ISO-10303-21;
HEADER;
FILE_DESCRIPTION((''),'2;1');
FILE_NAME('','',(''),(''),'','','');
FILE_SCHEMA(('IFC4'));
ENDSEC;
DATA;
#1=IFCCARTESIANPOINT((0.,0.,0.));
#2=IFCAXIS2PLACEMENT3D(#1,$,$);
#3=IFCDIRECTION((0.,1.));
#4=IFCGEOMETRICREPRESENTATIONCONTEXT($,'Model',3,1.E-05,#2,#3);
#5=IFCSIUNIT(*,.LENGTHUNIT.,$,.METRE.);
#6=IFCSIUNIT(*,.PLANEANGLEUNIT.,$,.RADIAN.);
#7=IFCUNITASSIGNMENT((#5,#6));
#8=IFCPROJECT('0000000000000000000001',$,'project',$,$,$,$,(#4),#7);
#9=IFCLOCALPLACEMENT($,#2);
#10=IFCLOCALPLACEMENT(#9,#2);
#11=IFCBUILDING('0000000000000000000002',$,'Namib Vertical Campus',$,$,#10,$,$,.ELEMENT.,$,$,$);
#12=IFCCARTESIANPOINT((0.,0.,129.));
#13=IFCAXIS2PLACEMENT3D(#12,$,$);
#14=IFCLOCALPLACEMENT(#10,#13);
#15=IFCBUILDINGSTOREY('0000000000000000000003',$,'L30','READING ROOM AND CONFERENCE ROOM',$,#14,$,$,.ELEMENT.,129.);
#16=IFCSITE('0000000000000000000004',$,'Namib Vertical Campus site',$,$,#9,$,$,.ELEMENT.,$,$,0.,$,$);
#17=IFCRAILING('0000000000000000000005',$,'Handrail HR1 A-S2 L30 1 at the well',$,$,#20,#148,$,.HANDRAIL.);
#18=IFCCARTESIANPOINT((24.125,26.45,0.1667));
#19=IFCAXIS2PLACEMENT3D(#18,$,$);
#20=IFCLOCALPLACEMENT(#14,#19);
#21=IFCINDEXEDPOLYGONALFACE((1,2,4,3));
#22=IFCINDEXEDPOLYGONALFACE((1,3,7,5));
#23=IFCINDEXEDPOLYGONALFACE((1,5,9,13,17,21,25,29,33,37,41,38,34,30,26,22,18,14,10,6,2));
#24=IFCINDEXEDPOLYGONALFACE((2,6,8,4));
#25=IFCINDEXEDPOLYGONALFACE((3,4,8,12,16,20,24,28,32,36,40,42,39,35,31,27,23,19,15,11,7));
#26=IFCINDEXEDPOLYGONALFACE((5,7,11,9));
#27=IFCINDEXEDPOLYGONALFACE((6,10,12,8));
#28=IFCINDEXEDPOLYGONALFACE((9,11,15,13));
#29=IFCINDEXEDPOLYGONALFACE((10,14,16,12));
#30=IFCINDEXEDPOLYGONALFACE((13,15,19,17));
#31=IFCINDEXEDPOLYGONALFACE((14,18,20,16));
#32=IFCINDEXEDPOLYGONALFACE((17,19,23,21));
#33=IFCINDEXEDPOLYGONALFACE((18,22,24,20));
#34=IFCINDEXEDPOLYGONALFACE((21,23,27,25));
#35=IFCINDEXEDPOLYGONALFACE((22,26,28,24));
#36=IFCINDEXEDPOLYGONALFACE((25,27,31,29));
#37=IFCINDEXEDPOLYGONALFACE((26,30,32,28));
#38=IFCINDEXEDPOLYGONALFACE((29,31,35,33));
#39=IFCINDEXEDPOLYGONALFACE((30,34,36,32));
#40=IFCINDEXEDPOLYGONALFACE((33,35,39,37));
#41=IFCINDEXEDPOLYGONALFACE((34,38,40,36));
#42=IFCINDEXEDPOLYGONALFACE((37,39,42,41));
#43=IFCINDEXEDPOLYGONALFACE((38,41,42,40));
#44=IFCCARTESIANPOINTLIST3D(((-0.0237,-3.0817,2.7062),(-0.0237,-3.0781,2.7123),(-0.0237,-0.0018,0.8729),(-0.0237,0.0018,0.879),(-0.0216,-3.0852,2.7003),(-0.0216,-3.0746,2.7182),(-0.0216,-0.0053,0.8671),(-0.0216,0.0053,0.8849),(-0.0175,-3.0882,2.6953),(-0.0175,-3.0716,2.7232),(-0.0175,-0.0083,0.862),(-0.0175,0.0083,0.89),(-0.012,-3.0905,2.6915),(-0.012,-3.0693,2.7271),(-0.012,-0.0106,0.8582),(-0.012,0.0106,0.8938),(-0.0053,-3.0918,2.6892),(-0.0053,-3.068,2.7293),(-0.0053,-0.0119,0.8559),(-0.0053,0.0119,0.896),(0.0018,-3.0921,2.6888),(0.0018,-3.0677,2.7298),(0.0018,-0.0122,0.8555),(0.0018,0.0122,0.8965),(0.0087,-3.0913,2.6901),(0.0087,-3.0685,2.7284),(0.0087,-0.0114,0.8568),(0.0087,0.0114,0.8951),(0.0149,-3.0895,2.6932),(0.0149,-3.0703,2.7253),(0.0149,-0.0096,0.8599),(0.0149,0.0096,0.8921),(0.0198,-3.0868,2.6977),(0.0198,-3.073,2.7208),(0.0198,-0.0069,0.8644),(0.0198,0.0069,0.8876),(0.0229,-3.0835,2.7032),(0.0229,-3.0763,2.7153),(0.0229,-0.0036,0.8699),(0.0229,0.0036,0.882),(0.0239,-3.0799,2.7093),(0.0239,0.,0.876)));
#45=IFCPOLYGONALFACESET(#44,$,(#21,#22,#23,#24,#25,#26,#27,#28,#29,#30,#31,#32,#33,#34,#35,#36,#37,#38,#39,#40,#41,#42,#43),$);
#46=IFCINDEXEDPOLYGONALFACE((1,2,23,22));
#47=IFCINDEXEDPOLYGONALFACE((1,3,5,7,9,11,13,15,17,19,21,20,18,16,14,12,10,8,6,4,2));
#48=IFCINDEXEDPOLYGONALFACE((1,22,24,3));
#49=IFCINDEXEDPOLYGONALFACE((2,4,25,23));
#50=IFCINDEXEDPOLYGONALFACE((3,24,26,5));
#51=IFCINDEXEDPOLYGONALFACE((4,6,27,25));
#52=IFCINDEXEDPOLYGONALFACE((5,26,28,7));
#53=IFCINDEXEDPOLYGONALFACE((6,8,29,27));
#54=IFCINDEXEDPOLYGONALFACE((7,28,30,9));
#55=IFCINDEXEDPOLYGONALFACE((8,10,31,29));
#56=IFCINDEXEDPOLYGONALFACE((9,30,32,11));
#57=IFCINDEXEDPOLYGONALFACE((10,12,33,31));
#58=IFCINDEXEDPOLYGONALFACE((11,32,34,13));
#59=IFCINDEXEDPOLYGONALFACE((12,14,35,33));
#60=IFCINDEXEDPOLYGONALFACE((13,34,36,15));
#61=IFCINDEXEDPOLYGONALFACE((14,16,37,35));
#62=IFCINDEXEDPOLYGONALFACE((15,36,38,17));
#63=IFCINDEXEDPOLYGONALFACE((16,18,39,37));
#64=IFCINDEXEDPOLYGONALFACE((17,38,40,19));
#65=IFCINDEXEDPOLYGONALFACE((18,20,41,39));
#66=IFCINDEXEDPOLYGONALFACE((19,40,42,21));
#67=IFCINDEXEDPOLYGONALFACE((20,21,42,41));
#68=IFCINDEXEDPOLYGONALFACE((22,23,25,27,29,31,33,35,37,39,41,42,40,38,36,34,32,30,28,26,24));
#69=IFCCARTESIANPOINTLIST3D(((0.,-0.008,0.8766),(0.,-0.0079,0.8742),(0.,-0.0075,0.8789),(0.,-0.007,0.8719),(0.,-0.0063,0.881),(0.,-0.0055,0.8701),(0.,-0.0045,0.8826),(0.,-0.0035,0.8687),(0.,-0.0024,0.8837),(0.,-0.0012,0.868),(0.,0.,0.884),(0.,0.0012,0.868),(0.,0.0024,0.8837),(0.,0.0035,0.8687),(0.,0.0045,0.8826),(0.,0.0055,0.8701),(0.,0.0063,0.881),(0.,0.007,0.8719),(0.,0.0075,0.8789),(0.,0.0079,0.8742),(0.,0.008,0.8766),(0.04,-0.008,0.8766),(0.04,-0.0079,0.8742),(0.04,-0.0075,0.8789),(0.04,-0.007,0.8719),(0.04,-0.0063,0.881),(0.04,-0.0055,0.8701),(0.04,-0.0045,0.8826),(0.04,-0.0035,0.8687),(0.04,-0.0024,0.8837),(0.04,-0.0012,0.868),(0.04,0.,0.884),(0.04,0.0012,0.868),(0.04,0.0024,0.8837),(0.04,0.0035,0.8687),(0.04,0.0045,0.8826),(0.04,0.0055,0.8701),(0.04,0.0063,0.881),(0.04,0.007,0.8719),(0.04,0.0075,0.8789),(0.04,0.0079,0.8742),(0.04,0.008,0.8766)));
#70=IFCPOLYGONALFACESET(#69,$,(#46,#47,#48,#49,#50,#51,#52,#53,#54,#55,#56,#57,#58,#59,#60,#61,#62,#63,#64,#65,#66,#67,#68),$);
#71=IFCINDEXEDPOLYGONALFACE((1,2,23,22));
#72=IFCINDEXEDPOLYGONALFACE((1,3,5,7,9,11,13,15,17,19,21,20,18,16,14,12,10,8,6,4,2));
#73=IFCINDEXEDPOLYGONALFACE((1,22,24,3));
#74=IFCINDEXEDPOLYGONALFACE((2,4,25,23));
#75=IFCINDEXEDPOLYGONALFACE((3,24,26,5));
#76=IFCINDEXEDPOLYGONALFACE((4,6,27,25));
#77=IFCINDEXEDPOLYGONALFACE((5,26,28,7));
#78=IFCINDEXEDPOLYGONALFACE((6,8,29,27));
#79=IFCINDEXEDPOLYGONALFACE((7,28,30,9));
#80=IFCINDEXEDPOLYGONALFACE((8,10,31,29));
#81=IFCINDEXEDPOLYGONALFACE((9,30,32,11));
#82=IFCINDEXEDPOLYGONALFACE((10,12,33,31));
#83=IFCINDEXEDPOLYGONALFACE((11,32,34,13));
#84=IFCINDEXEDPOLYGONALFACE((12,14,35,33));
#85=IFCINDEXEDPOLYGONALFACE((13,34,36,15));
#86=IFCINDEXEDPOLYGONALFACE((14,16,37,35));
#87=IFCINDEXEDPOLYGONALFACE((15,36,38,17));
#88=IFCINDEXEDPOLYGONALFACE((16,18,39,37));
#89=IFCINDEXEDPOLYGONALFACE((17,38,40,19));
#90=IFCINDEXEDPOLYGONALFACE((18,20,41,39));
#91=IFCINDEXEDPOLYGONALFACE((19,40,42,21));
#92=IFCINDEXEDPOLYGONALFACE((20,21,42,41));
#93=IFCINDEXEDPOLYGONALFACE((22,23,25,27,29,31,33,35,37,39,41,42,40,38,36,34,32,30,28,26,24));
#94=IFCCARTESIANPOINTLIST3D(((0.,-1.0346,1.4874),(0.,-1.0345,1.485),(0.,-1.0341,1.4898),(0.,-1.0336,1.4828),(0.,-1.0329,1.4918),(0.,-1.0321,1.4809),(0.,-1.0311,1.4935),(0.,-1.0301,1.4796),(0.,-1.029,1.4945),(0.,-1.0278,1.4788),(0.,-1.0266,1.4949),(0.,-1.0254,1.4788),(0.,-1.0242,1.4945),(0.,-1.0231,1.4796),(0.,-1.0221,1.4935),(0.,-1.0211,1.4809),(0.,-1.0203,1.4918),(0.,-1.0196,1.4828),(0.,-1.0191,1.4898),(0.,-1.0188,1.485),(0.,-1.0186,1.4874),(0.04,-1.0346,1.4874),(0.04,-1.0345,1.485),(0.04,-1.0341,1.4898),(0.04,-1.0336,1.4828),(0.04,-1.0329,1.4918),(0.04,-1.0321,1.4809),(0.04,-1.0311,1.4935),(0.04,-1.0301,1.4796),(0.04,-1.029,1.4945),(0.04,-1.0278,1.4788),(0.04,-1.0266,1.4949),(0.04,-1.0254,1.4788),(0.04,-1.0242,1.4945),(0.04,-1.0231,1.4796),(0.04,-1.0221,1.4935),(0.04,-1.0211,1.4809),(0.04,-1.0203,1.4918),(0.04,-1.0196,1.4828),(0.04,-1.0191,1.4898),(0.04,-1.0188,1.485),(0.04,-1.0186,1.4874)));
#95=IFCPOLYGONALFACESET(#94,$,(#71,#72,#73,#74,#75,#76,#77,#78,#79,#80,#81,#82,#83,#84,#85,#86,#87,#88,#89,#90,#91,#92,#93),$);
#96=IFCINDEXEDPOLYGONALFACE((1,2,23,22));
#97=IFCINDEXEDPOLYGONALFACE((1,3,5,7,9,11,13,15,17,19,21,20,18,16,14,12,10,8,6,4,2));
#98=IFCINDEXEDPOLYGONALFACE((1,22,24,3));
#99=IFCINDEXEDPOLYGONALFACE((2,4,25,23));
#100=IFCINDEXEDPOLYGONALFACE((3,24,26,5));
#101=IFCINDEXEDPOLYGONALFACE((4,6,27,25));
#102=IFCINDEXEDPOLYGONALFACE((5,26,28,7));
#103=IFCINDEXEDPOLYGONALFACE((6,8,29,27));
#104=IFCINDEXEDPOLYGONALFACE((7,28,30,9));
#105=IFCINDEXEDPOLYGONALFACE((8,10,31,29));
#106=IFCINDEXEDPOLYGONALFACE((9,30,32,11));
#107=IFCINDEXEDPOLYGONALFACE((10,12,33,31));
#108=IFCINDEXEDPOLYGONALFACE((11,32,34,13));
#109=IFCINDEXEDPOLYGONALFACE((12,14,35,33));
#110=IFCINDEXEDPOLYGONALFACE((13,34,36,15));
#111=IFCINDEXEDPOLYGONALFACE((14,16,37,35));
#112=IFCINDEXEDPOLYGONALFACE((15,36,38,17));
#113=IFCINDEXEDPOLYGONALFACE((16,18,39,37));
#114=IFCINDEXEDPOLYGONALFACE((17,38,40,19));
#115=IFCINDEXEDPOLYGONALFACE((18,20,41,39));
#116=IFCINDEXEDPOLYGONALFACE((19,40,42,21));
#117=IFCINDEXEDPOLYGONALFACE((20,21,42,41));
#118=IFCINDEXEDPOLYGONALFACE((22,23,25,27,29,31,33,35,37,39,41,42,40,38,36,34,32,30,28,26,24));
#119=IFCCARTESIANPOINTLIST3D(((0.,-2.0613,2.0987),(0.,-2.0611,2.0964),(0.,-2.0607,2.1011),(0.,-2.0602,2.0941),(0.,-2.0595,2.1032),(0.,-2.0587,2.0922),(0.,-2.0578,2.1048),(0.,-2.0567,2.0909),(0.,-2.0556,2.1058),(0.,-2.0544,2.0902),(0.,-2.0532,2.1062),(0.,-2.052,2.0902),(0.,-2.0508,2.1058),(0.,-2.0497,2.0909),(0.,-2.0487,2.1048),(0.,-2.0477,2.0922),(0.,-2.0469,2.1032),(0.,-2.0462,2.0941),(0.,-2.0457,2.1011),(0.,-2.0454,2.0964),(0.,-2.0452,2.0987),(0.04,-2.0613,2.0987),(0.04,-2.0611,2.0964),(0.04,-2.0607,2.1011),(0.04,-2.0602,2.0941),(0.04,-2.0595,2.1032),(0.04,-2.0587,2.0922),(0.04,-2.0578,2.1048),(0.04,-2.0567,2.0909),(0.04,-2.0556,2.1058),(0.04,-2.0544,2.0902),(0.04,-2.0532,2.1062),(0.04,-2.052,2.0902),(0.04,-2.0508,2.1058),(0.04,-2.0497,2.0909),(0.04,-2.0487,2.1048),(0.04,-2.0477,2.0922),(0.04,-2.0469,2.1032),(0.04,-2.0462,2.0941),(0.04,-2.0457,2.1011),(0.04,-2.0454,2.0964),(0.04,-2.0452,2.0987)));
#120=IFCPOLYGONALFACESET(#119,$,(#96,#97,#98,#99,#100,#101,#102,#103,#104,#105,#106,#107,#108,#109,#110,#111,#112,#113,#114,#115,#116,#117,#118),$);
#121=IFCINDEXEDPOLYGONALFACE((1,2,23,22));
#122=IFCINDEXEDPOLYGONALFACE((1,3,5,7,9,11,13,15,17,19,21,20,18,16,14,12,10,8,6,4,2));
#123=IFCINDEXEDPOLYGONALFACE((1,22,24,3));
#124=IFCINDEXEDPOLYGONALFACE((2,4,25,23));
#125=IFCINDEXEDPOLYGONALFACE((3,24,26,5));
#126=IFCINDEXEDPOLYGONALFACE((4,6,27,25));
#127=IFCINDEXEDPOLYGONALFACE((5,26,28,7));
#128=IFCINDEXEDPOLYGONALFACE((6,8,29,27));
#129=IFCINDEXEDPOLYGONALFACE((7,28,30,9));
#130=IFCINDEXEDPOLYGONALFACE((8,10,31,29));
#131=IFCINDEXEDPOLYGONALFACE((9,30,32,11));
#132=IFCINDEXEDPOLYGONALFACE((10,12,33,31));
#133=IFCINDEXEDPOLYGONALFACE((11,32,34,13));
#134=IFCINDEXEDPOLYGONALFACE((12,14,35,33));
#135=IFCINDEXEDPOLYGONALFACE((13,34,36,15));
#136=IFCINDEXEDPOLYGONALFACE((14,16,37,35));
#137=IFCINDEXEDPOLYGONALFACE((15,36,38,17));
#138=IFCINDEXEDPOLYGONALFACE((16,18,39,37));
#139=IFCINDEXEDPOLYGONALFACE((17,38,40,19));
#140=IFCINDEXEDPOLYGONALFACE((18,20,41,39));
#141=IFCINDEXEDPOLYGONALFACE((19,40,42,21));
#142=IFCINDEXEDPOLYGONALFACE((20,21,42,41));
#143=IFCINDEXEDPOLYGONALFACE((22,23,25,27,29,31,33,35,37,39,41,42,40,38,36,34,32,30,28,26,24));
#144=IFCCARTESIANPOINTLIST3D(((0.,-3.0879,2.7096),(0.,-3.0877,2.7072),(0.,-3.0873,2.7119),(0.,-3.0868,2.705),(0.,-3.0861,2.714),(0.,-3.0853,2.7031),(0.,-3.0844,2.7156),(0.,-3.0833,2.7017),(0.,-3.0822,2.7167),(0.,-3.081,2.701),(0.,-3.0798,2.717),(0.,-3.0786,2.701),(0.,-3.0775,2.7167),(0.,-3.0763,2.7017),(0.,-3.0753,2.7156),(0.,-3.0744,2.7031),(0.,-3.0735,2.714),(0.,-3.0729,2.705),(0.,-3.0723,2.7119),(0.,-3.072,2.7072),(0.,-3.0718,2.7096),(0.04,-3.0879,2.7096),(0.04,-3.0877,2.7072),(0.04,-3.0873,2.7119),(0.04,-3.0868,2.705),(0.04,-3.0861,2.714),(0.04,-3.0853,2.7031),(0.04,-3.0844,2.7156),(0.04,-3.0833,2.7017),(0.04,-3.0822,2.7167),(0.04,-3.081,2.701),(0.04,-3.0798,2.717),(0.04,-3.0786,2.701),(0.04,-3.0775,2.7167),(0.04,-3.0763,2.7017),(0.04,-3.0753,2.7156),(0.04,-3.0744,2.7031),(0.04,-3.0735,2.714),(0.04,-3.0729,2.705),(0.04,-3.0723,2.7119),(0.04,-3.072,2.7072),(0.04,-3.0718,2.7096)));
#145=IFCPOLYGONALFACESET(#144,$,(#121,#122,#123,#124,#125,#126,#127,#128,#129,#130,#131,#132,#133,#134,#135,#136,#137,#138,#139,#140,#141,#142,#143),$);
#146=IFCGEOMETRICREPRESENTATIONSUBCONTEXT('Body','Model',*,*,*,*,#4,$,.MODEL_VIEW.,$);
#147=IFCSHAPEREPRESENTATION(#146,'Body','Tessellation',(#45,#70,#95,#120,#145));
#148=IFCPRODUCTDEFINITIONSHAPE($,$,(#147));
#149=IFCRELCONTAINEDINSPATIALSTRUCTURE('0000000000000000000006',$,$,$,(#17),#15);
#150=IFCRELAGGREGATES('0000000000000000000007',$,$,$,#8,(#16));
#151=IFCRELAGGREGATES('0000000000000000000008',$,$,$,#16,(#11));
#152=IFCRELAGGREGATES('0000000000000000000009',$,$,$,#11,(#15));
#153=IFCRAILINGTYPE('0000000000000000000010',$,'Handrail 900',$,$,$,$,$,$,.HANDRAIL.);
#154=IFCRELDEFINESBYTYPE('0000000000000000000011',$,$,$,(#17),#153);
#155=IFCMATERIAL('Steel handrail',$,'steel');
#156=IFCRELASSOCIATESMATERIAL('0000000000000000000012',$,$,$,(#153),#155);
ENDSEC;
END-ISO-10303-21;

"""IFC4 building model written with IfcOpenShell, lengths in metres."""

from ifc_helpers import new_model, si_unit, direction, frame, origin, origin_2d, place, context, subcontext, project, spatial, circle, extrude, material, type_object, element, save


model = new_model("IFC4")

# Units and contexts
model_context = context("Model", 3, precision=1e-05, world=origin(), true_north=direction((0.0, 1.0)))
body_context = subcontext(model_context, "Body", "Model", "MODEL_VIEW")
ifc_project = project(units=[si_unit("LENGTHUNIT", "METRE"), si_unit("PLANEANGLEUNIT", "RADIAN")], contexts=[model_context])

# Site, building, storey
site_placement = place(None, origin())
site = spatial("IfcSite", under=ifc_project, at=site_placement, Name="Namib Vertical Campus site", CompositionType="ELEMENT", RefElevation=0.0)
building_placement = place(site_placement, origin())
building = spatial("IfcBuilding", under=site, at=building_placement, Name="Namib Vertical Campus", CompositionType="ELEMENT")
storey_placement = place(building_placement, frame((0.0, 0.0, 129.0)))
storey = spatial("IfcBuildingStorey", under=building, at=storey_placement, Name="L30", Description="READING ROOM AND CONFERENCE ROOM", CompositionType="ELEMENT", Elevation=129.0)

# Railing
ifc_material_1 = material(Name="Steel handrail", Category="steel")
railing_type_1 = type_object("IfcRailingType", Name="Handrail 900", PredefinedType="HANDRAIL", material=ifc_material_1)
railing_1_placement = place(storey_placement, frame((24.125, 26.45, 0.1667)))
element("IfcRailing", 1, at=railing_1_placement, inside=storey, type_object=railing_type_1, Name="Handrail HR1 A-S2 L30 1 at the well", PredefinedType="HANDRAIL", context=body_context, shape_type="SweptSolid", body=[
    extrude(circle(Radius=0.0239, at=origin_2d()), frame((0.0, 0.0, 0.876), z_axis=(0.0, -0.859291, 0.511487), x_axis=(1.0, 0.0, 0.0)), (0.0, 0.0, 1.0), 3.5842),
    extrude(circle(Radius=0.0081, at=origin_2d()), frame((0.0, 0.0, 0.876), z_axis=(1.0, 0.0, 0.0), x_axis=(0.0, 0.0, 1.0)), (0.0, 0.0, 1.0), 0.04),
    extrude(circle(Radius=0.0081, at=origin_2d()), frame((0.0, -1.0266, 1.4868), z_axis=(1.0, 0.0, 0.0), x_axis=(0.0, 0.0, 1.0)), (0.0, 0.0, 1.0), 0.04),
    extrude(circle(Radius=0.0081, at=origin_2d()), frame((0.0, -2.0532, 2.0981), z_axis=(1.0, 0.0, 0.0), x_axis=(0.0, 0.0, 1.0)), (0.0, 0.0, 1.0), 0.04),
    extrude(circle(Radius=0.0081, at=origin_2d()), frame((0.0, -3.0798, 2.709), z_axis=(1.0, 0.0, 0.0), x_axis=(0.0, 0.0, 1.0)), (0.0, 0.0, 1.0), 0.04),
])

save(model, "model.ifc")
